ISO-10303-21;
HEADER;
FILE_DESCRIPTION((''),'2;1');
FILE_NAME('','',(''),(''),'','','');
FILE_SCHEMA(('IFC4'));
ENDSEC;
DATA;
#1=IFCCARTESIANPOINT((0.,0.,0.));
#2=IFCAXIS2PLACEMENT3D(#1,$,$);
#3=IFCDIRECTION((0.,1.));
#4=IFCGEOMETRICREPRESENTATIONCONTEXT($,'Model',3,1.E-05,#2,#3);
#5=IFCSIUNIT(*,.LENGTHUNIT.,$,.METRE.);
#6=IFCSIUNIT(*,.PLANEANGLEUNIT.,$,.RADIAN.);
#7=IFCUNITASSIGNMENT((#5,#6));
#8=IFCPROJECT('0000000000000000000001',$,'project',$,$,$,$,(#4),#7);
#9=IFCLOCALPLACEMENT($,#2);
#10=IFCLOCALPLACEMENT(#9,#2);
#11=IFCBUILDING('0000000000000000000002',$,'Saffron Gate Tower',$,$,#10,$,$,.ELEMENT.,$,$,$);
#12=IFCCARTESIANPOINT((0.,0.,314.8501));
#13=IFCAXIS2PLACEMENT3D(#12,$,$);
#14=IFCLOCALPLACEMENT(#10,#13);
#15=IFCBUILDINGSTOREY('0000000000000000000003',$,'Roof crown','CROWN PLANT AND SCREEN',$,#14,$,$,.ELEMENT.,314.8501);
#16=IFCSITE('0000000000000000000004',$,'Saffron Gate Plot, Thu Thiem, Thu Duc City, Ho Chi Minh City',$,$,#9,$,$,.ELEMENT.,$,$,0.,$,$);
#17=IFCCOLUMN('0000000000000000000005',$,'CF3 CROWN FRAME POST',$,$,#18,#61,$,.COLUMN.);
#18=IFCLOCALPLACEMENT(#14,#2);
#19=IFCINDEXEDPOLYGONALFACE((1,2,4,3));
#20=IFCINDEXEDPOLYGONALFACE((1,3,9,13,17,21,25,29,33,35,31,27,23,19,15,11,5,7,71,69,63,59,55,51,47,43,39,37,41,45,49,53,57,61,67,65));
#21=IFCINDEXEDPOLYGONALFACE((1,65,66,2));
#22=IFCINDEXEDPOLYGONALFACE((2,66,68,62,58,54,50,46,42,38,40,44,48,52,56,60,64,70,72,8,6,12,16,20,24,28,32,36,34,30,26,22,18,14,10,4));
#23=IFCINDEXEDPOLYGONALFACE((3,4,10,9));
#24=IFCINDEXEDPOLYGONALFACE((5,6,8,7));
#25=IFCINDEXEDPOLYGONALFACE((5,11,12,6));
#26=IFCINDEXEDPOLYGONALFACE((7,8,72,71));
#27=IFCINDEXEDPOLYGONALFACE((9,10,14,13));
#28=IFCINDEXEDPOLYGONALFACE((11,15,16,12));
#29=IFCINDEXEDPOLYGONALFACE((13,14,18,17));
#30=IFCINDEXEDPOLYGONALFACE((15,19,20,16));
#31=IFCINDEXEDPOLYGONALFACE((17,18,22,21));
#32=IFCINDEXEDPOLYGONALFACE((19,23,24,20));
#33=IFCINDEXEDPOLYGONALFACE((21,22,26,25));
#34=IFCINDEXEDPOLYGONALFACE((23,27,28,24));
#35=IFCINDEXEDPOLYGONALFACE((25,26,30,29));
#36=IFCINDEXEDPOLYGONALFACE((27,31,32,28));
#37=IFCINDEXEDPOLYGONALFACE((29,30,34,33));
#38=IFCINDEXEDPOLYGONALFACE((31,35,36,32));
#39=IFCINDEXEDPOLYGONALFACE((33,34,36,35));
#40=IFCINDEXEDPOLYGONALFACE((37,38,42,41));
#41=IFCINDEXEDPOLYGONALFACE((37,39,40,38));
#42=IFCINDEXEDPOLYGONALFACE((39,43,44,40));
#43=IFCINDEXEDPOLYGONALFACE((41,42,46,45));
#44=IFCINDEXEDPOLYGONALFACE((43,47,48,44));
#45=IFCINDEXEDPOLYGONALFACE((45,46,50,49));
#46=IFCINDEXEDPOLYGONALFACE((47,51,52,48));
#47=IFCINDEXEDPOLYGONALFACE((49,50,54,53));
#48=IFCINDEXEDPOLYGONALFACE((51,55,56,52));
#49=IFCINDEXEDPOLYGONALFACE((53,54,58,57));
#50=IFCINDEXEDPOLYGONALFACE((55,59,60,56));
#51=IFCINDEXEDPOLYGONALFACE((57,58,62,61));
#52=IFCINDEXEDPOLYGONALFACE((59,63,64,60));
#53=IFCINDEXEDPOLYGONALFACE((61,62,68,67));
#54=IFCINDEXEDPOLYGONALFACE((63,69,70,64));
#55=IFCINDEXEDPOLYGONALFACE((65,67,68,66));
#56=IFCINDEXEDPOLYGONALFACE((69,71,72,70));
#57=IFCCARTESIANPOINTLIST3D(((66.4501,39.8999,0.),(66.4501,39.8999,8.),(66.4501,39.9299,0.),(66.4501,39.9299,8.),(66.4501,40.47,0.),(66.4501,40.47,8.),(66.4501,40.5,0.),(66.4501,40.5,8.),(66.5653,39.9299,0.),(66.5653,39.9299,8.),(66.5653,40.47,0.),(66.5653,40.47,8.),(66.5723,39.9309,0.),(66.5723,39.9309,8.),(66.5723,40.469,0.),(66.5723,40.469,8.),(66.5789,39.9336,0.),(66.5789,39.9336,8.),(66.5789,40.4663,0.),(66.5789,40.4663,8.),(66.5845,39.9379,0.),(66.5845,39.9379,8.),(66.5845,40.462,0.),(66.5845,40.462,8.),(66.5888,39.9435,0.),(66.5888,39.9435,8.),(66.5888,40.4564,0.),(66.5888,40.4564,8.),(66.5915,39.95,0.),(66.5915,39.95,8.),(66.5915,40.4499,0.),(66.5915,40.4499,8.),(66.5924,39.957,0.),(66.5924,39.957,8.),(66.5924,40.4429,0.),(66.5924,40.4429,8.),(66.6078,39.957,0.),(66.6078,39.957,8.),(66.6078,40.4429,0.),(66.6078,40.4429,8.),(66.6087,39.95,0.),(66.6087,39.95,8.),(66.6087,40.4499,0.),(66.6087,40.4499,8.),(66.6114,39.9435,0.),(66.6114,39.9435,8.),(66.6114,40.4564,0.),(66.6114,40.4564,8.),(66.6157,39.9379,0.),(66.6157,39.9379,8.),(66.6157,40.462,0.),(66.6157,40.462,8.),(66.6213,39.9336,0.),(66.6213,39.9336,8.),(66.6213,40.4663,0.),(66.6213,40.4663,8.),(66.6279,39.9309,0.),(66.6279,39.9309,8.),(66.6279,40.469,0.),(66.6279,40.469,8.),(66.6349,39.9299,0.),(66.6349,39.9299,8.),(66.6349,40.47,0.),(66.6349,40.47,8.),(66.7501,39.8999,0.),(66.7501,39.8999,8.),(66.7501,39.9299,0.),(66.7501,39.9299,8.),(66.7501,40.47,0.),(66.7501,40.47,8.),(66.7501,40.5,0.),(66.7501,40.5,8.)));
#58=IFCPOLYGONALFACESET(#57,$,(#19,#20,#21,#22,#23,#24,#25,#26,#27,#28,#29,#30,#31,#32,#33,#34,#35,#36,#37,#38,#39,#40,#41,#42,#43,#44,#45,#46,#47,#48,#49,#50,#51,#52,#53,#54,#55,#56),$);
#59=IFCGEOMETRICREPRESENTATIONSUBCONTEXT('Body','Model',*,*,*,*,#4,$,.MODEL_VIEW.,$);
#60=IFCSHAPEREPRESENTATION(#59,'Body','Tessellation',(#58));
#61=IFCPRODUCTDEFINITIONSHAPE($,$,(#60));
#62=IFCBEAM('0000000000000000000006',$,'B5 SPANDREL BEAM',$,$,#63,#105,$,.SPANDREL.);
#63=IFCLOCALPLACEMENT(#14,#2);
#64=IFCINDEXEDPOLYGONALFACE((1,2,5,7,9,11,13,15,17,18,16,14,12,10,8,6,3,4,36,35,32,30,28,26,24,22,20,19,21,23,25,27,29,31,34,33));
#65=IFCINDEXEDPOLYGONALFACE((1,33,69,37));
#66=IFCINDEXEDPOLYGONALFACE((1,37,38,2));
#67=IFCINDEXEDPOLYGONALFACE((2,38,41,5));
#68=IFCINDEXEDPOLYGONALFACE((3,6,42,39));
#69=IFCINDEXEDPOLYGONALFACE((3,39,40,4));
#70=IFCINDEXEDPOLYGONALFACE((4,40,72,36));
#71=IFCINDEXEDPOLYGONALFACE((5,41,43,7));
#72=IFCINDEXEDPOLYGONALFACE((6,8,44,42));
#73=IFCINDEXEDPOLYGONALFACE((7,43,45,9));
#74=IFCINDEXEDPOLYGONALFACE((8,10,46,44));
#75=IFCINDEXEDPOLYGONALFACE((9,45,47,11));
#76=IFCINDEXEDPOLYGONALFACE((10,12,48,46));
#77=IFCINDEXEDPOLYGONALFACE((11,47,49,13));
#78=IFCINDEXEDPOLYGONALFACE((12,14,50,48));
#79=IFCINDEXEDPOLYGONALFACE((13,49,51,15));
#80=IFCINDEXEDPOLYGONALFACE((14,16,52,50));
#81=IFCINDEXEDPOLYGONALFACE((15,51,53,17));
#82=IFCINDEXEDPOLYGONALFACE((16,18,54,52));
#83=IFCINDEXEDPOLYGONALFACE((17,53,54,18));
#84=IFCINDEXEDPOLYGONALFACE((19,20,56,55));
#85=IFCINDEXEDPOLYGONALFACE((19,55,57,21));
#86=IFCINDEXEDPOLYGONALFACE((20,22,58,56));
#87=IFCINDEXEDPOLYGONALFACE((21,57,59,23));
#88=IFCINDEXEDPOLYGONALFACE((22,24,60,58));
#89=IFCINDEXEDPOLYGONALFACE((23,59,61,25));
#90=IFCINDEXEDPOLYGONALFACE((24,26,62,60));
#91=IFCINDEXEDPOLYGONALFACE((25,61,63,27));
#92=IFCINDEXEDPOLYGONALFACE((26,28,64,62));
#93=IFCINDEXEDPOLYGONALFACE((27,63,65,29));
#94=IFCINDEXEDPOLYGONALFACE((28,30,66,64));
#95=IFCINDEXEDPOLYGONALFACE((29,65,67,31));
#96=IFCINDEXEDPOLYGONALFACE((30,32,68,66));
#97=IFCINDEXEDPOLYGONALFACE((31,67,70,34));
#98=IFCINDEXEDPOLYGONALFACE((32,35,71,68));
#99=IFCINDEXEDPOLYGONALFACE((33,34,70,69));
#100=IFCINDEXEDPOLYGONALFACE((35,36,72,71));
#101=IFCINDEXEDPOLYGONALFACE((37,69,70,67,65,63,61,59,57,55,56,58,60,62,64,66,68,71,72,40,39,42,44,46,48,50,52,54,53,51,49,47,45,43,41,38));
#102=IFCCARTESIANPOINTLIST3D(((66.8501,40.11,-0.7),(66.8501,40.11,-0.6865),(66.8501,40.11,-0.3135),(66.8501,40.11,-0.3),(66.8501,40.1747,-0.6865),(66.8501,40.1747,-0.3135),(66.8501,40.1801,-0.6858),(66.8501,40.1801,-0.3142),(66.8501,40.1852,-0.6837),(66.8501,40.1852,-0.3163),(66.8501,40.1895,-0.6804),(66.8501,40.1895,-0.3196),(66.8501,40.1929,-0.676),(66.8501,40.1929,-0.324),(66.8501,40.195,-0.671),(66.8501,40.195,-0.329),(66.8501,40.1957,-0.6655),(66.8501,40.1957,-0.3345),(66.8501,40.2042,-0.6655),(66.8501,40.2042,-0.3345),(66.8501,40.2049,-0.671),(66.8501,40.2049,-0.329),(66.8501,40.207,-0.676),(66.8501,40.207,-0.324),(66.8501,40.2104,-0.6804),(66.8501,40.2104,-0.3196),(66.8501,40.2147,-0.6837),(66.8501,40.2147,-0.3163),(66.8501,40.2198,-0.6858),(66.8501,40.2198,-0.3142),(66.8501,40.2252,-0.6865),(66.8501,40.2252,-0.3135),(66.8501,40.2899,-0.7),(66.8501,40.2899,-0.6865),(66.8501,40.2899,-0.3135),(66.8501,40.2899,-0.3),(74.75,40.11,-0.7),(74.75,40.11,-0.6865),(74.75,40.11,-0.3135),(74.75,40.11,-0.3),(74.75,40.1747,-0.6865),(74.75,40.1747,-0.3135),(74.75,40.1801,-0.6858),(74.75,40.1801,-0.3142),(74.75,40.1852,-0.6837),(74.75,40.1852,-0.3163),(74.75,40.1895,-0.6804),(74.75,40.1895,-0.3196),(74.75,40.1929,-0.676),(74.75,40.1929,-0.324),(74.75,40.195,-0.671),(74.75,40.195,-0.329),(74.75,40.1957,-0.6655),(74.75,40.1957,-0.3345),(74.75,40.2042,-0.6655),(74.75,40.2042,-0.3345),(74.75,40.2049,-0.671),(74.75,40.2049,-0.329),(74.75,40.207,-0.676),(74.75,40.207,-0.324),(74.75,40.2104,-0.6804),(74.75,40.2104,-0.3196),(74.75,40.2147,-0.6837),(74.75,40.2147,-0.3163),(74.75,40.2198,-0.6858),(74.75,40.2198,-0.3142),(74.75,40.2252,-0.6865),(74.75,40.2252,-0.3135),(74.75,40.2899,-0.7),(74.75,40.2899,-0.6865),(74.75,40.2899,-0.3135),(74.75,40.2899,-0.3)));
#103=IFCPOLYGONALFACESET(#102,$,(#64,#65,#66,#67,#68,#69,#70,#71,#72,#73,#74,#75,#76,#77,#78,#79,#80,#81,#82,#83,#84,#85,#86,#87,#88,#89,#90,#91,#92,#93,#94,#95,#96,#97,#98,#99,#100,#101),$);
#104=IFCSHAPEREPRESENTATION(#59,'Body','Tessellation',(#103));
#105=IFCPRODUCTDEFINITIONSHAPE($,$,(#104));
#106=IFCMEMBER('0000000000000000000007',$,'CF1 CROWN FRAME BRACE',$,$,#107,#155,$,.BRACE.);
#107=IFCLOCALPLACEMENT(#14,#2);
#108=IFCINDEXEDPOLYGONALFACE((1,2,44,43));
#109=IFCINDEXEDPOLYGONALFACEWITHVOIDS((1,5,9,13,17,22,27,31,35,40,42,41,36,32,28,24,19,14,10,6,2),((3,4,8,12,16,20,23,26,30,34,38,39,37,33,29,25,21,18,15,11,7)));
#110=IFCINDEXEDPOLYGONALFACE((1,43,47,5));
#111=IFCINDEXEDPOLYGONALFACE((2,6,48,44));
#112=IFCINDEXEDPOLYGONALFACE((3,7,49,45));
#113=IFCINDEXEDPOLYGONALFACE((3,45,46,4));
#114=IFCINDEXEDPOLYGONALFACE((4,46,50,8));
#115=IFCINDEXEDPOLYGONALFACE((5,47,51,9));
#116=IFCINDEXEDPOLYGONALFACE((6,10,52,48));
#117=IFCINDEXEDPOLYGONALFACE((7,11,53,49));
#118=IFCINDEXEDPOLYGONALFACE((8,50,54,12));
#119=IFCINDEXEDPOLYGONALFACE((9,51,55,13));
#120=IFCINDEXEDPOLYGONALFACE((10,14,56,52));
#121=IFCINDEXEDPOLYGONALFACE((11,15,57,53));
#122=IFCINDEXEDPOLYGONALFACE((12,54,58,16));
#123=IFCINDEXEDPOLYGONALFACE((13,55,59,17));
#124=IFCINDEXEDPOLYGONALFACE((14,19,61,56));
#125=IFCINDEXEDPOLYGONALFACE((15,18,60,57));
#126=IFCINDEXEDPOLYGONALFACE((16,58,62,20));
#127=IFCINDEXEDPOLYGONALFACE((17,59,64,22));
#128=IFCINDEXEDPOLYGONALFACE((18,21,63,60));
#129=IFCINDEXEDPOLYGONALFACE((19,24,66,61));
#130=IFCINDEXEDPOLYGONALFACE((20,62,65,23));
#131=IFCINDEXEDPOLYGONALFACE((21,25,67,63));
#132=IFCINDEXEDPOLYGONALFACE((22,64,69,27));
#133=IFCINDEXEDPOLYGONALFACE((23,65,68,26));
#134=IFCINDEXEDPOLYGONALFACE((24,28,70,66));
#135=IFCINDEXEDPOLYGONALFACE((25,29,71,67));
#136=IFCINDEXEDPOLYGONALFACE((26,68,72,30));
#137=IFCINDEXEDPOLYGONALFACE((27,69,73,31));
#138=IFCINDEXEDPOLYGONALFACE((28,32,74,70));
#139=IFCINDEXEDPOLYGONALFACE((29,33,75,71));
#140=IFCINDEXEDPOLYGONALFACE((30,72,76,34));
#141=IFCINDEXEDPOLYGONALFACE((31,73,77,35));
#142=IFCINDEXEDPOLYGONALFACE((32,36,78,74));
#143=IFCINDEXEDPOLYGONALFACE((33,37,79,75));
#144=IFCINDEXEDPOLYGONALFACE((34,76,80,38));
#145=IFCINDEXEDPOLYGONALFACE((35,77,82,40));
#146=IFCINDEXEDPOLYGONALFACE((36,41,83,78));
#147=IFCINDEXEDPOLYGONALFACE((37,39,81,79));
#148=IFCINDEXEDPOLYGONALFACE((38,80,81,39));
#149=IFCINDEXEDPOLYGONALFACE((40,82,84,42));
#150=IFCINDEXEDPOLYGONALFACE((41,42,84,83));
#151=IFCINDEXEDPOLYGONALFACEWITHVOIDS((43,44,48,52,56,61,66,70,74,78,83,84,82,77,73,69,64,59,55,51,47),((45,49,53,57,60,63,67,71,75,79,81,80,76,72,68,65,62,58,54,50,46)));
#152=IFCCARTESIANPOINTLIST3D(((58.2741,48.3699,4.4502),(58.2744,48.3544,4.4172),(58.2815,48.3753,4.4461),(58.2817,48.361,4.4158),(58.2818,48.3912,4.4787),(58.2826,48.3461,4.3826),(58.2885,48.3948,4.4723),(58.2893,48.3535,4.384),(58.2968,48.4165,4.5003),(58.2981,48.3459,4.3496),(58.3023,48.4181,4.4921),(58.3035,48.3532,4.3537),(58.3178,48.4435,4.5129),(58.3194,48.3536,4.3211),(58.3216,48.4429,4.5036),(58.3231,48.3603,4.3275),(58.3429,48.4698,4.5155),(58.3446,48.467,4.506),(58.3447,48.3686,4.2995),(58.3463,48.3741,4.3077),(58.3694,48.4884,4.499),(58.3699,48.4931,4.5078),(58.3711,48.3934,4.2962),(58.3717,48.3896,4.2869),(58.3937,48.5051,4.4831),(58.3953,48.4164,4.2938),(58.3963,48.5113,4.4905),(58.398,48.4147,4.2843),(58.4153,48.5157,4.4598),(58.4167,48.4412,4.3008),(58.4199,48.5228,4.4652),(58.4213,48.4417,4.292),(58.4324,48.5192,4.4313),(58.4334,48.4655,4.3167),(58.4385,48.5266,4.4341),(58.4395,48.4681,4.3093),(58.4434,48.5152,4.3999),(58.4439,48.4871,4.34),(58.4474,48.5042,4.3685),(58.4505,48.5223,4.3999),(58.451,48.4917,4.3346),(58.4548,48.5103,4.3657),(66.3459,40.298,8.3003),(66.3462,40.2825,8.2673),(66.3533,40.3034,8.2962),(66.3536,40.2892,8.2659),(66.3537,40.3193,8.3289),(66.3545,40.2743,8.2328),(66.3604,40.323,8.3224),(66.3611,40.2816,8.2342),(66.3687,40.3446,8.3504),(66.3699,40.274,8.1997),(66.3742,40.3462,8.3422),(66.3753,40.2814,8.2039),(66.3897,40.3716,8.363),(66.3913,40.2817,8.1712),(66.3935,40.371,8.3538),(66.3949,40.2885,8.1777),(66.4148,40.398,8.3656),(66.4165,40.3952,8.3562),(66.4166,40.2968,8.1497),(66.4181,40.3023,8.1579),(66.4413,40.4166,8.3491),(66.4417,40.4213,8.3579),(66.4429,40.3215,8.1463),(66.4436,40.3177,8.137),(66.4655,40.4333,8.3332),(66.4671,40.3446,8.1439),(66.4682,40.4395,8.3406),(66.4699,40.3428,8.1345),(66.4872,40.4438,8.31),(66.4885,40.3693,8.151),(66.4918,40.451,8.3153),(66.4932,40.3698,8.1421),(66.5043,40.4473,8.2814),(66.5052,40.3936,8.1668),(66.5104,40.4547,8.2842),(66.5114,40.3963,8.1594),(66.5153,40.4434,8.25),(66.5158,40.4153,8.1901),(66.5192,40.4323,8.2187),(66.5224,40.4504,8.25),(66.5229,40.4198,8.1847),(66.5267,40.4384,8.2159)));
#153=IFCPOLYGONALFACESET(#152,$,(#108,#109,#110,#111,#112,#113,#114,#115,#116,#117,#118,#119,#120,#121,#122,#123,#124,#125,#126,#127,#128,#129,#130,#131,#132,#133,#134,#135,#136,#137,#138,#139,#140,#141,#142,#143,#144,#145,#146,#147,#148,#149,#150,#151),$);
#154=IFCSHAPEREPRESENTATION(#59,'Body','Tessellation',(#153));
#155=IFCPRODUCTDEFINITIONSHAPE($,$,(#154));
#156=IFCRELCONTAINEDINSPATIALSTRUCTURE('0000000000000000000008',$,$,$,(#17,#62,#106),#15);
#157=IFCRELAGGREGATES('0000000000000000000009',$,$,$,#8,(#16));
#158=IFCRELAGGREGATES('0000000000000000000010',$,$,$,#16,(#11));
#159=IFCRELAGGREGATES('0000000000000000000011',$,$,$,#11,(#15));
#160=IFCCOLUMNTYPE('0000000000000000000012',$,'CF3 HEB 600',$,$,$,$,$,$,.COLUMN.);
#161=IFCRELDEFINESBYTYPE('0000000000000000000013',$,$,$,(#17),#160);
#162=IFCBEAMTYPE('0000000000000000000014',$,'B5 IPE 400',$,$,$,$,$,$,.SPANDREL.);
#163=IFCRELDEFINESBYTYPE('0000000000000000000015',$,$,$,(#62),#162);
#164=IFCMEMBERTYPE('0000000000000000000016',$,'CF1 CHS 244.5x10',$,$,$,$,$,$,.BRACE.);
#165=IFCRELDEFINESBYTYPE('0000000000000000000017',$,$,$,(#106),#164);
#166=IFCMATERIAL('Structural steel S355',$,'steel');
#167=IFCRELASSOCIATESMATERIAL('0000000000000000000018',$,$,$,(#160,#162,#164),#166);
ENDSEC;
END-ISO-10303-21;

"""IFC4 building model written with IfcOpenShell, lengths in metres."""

from ifc_helpers import new_model, si_unit, direction, frame, origin, origin_2d, place, context, subcontext, project, spatial, hollow_circle, i_section, extrude, material, material_profile, profile_set, type_object, element, save


model = new_model("IFC4")

# Units and contexts
model_context = context("Model", 3, precision=1e-05, world=origin(), true_north=direction((0.0, 1.0)))
body_context = subcontext(model_context, "Body", "Model", "MODEL_VIEW")
ifc_project = project(units=[si_unit("LENGTHUNIT", "METRE"), si_unit("PLANEANGLEUNIT", "RADIAN")], contexts=[model_context])

# Site, building, storey
site_placement = place(None, origin())
site = spatial("IfcSite", under=ifc_project, at=site_placement, Name="Saffron Gate Plot, Thu Thiem, Thu Duc City, Ho Chi Minh City", CompositionType="ELEMENT", RefElevation=0.0)
building_placement = place(site_placement, origin())
building = spatial("IfcBuilding", under=site, at=building_placement, Name="Saffron Gate Tower", CompositionType="ELEMENT")
storey_placement = place(building_placement, frame((0.0, 0.0, 314.8501)))
storey = spatial("IfcBuildingStorey", under=building, at=storey_placement, Name="Roof crown", Description="CROWN PLANT AND SCREEN", CompositionType="ELEMENT", Elevation=314.8501)

# Column
ifc_material_1 = material(Name="Structural steel S355", Category="steel")
ifc_material_profile_1 = material_profile(ifc_material_1, i_section(OverallWidth=0.3, OverallDepth=0.6001, WebThickness=0.0154, FlangeThickness=0.03, FilletRadius=0.0271, at=origin_2d()))
ifc_profile_set_1 = profile_set([ifc_material_profile_1], Name="Structural steel S355")
column_type = type_object("IfcColumnType", Name="CF3 HEB 600", PredefinedType="COLUMN", material=ifc_profile_set_1)
column_placement = place(storey_placement, frame((66.6001, 40.2, 0.0), z_axis=(0.0, 0.0, 1.0), x_axis=(1.0, 0.0, 0.0)))
element("IfcColumn", 1, at=column_placement, inside=storey, type_object=column_type, Name="CF3 CROWN FRAME POST", PredefinedType="COLUMN", context=body_context, shape_type="SweptSolid", body=[
    extrude(i_section(OverallWidth=0.3, OverallDepth=0.6001, WebThickness=0.0154, FlangeThickness=0.03, FilletRadius=0.0271, at=origin_2d()), origin(), (0.0, 0.0, 1.0), 8.0),
])

# Beam
ifc_material_profile_2 = material_profile(ifc_material_1, i_section(OverallWidth=0.1799, OverallDepth=0.3999, WebThickness=0.0085, FlangeThickness=0.0134, FilletRadius=0.021, at=origin_2d()))
ifc_profile_set_2 = profile_set([ifc_material_profile_2], Name="Structural steel S355")
beam_type_1 = type_object("IfcBeamType", Name="B5 IPE 400", PredefinedType="SPANDREL", material=ifc_profile_set_2)
beam_1_placement = place(storey_placement, frame((66.8501, 40.2, -0.5), z_axis=(1.0, 0.0, 0.0), x_axis=(0.0, 1.0, 0.0)))
element("IfcBeam", 2, at=beam_1_placement, inside=storey, type_object=beam_type_1, Name="B5 SPANDREL BEAM", PredefinedType="SPANDREL", context=body_context, shape_type="SweptSolid", body=[
    extrude(i_section(OverallWidth=0.1799, OverallDepth=0.3999, WebThickness=0.0085, FlangeThickness=0.0134, FilletRadius=0.021, at=origin_2d()), origin(), (0.0, 0.0, 1.0), 7.8999),
])

# Member
ifc_material_profile_3 = material_profile(ifc_material_1, hollow_circle(Radius=0.1223, WallThickness=0.01, at=origin_2d()))
ifc_profile_set_3 = profile_set([ifc_material_profile_3], Name="Structural steel S355")
member_type_1 = type_object("IfcMemberType", Name="CF1 CHS 244.5x10", PredefinedType="BRACE", material=ifc_profile_set_3)
member_1_placement = place(storey_placement, frame((58.364, 48.4358, 4.3999), z_axis=(0.670023, -0.670023, 0.31959), x_axis=(0.707107, 0.707107, 0.0)))
element("IfcMember", 3, at=member_1_placement, inside=storey, type_object=member_type_1, Name="CF1 CROWN FRAME BRACE", PredefinedType="BRACE", context=body_context, shape_type="SweptSolid", body=[
    extrude(hollow_circle(Radius=0.1223, WallThickness=0.01, at=origin_2d()), origin(), (0.0, 0.0, 1.0), 12.0471),
])

save(model, "model.ifc")
